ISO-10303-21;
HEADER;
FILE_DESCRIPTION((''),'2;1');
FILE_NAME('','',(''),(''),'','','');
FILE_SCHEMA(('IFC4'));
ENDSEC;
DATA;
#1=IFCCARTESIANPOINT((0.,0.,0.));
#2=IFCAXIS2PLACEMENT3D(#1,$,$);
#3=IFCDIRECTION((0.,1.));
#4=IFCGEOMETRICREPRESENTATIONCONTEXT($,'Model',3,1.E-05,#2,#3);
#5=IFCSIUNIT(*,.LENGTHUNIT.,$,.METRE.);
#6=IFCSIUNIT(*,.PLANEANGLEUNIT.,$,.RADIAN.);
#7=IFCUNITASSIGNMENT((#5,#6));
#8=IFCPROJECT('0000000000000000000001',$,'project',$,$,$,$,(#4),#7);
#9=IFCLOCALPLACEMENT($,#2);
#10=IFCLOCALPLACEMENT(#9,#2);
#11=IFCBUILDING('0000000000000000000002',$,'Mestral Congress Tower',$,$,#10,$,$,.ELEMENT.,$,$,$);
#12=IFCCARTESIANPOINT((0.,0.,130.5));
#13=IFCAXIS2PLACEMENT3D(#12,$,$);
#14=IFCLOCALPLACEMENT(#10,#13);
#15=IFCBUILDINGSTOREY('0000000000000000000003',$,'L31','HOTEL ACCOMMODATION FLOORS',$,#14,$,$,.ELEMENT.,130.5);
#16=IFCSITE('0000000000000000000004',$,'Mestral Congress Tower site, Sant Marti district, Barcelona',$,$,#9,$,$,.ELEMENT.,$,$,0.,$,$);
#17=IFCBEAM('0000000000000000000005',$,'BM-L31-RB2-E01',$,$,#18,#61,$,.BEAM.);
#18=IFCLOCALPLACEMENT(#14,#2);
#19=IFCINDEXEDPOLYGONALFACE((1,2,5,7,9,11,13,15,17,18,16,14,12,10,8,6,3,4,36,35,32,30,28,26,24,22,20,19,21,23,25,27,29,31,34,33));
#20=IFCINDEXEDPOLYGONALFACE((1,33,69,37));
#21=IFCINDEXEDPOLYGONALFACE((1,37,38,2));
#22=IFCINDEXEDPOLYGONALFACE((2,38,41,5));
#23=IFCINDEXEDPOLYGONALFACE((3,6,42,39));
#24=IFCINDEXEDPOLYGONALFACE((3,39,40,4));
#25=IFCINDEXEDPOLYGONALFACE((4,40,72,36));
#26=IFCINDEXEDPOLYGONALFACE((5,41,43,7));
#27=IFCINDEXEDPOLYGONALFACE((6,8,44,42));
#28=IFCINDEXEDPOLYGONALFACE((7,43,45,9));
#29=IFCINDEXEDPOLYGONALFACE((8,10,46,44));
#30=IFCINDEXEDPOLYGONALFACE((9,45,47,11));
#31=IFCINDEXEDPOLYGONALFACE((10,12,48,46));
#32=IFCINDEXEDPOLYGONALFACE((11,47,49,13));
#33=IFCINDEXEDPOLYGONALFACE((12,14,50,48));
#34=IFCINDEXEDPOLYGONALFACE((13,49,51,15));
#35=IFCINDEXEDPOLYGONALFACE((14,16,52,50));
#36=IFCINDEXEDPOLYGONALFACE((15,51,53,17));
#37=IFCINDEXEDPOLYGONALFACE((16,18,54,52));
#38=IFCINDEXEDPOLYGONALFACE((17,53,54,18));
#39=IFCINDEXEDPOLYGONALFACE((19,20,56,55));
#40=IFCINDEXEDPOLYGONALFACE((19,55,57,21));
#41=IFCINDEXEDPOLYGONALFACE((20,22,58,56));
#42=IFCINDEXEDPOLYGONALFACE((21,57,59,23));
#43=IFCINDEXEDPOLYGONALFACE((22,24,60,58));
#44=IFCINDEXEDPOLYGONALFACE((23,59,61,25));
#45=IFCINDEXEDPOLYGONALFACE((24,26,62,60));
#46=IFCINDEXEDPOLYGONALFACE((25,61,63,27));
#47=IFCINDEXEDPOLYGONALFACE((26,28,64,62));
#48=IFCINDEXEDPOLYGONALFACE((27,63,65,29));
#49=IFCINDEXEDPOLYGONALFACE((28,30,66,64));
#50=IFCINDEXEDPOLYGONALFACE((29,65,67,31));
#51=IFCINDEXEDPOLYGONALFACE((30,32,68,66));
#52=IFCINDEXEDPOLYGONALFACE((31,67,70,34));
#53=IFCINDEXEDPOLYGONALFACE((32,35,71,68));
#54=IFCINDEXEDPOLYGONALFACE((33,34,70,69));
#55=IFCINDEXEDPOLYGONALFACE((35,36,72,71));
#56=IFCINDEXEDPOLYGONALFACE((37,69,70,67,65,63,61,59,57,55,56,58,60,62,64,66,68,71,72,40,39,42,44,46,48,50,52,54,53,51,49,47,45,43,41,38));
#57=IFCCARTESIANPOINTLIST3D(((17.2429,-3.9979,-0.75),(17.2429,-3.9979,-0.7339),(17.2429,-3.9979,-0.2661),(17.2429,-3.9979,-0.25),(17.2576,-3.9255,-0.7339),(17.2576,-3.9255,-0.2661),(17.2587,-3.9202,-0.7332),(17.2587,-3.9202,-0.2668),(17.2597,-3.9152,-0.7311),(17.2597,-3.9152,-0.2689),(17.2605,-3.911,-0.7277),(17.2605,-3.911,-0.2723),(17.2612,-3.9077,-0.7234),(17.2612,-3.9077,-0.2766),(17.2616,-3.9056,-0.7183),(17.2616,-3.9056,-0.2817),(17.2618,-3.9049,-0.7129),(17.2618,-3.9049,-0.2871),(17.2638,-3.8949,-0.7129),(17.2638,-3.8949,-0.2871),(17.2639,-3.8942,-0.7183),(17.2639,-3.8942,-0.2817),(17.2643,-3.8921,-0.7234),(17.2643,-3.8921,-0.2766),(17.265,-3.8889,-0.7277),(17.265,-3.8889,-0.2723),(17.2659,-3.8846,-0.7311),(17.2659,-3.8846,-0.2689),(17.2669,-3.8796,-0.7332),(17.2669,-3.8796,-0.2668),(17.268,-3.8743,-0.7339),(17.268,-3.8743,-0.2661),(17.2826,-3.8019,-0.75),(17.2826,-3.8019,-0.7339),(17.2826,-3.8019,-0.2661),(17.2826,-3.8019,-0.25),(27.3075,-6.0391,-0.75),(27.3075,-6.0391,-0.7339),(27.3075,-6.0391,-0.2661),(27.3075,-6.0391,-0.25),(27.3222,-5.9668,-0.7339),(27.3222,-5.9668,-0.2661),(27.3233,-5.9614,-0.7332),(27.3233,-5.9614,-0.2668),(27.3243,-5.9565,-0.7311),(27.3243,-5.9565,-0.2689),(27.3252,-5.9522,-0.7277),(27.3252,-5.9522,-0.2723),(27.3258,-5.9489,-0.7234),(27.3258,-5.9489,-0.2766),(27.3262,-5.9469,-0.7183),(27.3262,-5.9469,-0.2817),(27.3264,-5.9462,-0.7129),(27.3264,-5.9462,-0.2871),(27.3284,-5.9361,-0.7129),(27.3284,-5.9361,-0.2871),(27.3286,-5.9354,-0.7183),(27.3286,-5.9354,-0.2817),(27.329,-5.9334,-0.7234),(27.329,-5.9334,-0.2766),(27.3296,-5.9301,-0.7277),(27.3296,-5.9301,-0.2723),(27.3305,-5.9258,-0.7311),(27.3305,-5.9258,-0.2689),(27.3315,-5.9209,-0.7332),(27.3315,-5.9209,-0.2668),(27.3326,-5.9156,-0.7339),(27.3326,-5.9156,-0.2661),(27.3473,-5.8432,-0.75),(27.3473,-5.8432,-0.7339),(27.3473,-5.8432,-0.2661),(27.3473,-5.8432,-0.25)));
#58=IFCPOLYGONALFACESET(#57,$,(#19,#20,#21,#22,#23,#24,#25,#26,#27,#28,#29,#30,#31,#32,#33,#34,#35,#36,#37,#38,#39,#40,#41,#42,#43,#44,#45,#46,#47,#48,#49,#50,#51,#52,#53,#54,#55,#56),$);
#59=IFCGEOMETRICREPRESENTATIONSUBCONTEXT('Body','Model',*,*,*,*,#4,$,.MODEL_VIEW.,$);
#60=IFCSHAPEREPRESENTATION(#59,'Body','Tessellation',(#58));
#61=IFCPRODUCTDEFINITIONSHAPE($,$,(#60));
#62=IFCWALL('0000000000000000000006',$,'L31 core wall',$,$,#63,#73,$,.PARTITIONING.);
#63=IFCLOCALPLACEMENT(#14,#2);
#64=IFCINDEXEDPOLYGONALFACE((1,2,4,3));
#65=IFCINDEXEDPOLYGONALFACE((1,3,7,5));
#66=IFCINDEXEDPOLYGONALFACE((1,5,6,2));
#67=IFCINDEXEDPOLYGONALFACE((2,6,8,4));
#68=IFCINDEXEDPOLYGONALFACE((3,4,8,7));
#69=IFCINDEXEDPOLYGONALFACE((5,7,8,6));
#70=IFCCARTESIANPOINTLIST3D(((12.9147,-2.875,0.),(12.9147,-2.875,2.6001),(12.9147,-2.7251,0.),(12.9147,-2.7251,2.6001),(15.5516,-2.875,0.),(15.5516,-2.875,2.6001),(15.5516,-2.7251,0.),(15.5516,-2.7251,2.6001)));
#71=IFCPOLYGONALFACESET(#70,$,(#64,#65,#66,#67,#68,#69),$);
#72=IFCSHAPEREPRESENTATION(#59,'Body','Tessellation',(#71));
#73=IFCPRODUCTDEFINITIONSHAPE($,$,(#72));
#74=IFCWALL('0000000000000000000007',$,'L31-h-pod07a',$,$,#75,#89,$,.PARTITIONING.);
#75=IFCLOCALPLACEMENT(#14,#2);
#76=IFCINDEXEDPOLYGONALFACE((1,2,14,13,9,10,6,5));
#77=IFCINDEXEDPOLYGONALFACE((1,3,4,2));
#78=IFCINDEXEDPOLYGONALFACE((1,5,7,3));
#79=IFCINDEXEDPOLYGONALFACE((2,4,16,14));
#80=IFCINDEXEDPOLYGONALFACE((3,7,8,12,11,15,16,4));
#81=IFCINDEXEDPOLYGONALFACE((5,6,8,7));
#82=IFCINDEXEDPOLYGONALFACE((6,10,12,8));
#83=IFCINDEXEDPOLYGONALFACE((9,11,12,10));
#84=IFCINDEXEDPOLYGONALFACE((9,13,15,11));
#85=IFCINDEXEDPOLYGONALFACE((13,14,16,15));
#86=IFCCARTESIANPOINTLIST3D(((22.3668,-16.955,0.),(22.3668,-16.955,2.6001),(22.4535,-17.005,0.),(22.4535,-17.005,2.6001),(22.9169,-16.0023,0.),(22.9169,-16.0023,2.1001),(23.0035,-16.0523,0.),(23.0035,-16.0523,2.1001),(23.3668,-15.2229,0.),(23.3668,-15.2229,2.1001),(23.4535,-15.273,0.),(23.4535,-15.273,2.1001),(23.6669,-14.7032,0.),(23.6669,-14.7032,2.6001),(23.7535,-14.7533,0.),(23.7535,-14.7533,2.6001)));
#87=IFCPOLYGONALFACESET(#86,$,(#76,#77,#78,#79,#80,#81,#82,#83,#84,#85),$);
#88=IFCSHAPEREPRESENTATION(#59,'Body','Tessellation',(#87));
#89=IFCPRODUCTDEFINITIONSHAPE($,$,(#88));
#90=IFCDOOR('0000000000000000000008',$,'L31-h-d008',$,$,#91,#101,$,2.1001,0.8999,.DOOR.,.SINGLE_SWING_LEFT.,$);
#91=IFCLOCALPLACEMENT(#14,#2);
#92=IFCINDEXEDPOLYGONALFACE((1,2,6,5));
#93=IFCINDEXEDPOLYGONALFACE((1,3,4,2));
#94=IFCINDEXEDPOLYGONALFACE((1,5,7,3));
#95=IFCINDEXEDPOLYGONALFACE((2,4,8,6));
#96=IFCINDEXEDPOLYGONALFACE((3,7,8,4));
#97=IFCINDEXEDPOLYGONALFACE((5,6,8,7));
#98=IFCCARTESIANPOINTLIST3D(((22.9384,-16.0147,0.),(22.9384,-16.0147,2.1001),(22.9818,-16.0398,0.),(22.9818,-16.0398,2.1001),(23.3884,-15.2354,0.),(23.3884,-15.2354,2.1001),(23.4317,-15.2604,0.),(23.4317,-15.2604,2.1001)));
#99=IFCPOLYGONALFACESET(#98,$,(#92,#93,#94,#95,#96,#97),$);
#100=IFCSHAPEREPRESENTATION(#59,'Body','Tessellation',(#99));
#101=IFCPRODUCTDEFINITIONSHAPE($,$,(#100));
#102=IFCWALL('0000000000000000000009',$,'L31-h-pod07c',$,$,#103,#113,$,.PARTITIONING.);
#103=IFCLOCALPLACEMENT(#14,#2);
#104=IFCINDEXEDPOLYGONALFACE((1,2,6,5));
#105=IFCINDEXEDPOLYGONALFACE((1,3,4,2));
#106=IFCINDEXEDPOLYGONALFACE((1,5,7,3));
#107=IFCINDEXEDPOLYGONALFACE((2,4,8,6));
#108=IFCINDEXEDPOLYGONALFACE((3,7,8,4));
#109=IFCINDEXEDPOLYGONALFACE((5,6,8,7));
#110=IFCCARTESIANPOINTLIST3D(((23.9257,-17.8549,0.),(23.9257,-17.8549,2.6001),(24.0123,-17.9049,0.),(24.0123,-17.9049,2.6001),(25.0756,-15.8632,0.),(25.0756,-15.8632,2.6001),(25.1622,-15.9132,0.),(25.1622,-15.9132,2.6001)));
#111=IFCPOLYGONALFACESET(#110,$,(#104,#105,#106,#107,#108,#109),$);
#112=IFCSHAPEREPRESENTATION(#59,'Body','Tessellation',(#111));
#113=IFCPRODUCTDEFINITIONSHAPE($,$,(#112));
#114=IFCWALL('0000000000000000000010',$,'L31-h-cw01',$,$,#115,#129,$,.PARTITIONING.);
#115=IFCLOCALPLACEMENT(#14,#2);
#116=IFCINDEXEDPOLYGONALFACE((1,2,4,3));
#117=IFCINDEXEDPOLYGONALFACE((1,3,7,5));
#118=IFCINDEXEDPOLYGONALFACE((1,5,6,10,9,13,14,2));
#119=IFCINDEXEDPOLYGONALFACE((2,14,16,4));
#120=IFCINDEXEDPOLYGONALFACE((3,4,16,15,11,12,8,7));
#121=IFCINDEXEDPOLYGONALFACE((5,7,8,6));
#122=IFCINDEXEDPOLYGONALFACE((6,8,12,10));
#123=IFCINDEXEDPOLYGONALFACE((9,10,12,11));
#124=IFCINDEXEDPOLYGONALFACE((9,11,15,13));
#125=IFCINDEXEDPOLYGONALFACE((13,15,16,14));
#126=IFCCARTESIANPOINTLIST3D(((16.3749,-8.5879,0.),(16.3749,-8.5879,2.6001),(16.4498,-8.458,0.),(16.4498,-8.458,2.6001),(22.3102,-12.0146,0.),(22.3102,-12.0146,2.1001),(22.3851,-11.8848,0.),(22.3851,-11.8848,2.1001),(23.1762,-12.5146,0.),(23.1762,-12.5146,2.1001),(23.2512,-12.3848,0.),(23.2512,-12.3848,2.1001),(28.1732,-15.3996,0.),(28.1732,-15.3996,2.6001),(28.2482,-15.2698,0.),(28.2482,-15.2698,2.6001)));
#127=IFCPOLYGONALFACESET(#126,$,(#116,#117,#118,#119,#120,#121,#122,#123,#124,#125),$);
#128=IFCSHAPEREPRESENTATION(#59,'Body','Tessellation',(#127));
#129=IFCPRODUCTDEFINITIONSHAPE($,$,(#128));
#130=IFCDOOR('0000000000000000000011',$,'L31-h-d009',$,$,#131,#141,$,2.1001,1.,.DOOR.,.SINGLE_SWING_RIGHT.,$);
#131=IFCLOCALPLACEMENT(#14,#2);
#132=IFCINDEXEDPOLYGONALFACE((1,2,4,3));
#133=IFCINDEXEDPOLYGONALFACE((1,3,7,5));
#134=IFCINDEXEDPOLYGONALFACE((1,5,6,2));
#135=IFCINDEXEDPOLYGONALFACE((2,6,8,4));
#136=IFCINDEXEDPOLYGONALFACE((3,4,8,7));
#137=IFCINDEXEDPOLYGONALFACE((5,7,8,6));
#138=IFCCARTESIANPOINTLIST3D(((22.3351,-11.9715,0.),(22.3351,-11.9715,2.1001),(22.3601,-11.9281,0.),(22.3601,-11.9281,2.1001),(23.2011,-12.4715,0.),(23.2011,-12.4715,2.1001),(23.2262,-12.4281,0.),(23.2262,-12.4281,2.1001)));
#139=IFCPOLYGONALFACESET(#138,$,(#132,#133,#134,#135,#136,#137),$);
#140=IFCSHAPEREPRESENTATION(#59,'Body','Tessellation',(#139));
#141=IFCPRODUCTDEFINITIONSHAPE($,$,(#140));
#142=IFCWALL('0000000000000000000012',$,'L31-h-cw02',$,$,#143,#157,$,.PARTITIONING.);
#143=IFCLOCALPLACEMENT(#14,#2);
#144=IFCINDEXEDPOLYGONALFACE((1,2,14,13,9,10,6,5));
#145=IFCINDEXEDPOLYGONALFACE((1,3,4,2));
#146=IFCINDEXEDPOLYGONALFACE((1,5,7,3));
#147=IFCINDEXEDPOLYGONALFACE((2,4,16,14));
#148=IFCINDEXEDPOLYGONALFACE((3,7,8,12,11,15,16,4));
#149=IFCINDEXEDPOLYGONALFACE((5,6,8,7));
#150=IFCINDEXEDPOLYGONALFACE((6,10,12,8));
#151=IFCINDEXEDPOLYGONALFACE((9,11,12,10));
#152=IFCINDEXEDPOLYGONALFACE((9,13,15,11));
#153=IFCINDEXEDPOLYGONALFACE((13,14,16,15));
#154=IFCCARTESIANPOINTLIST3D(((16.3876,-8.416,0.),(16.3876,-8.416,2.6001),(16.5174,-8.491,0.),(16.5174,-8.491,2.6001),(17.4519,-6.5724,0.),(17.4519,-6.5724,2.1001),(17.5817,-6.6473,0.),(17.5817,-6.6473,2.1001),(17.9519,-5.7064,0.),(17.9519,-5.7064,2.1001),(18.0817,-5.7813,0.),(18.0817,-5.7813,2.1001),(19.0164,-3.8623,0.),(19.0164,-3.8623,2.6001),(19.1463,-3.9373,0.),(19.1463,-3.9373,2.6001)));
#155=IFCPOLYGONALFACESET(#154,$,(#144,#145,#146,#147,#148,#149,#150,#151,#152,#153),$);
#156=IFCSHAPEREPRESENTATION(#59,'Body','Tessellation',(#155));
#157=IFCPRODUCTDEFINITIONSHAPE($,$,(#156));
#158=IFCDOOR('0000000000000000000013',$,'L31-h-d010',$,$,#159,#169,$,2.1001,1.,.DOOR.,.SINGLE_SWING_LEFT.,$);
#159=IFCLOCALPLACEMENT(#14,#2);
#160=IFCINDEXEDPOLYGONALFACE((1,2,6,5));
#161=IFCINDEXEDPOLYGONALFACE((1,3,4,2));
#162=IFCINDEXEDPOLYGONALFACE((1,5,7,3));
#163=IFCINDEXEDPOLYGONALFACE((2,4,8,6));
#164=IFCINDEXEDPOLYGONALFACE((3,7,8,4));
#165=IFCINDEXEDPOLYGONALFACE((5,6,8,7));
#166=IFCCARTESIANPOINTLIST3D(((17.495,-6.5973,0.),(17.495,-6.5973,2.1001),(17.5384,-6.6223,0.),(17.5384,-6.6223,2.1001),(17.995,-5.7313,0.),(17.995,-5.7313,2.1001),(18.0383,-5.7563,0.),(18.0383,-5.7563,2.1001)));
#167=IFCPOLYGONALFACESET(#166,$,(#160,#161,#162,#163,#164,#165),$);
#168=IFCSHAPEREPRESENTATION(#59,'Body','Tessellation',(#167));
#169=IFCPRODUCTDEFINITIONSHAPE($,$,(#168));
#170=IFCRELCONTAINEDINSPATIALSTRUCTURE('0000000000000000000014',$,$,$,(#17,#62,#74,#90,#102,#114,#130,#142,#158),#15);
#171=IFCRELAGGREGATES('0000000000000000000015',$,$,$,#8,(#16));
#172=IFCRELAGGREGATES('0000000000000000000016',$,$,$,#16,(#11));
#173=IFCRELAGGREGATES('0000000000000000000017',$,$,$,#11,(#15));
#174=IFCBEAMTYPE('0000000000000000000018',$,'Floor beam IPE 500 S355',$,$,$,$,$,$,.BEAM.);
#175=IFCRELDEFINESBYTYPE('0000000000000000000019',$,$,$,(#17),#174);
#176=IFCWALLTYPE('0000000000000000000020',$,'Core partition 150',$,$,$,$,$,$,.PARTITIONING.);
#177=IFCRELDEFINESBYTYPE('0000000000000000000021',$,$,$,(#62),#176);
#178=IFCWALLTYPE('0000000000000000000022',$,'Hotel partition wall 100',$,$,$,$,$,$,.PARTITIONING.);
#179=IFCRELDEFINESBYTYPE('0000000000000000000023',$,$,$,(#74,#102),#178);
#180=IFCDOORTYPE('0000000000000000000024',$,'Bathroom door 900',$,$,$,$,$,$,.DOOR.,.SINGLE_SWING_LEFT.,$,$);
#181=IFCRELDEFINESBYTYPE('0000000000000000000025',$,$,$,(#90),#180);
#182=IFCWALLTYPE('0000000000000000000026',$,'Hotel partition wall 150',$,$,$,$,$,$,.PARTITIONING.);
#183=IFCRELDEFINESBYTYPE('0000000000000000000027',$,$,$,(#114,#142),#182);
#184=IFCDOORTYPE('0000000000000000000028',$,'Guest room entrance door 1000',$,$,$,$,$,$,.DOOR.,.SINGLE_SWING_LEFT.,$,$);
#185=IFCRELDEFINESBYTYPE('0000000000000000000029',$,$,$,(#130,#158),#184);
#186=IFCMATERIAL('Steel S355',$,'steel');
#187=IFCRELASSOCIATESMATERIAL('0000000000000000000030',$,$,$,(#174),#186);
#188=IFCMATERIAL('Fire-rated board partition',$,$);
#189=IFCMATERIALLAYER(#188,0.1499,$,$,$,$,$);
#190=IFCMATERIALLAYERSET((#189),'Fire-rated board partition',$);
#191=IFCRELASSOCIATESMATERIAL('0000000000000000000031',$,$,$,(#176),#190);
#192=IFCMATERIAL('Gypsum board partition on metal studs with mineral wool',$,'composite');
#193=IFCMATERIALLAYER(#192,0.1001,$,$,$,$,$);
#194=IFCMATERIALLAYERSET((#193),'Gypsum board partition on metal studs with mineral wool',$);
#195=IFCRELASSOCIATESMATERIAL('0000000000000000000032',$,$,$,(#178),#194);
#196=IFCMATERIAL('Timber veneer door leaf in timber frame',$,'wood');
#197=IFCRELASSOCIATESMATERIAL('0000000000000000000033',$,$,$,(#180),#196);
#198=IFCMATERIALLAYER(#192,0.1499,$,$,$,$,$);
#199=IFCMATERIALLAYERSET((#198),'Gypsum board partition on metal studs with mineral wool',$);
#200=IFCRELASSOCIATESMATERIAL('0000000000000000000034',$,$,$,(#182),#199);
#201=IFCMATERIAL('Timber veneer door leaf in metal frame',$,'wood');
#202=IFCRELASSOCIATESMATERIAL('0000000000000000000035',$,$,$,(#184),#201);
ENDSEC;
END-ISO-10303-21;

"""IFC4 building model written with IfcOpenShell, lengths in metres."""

from ifc_helpers import new_model, si_unit, direction, frame, frame_2d, origin, origin_2d, place, context, subcontext, project, spatial, rectangle, i_section, extrude, material, layer, layer_set, material_profile, profile_set, type_object, element, fill, save


model = new_model("IFC4")

# Units and contexts
model_context = context("Model", 3, precision=1e-05, world=origin(), true_north=direction((0.0, 1.0)))
body_context = subcontext(model_context, "Body", "Model", "MODEL_VIEW")
ifc_project = project(units=[si_unit("LENGTHUNIT", "METRE"), si_unit("PLANEANGLEUNIT", "RADIAN")], contexts=[model_context])

# Site, building, storey
site_placement = place(None, origin())
site = spatial("IfcSite", under=ifc_project, at=site_placement, Name="Mestral Congress Tower site, Sant Marti district, Barcelona", CompositionType="ELEMENT", RefElevation=0.0)
building_placement = place(site_placement, origin())
building = spatial("IfcBuilding", under=site, at=building_placement, Name="Mestral Congress Tower", CompositionType="ELEMENT")
storey_placement = place(building_placement, frame((0.0, 0.0, 130.5)))
storey = spatial("IfcBuildingStorey", under=building, at=storey_placement, Name="L31", Description="HOTEL ACCOMMODATION FLOORS", CompositionType="ELEMENT", Elevation=130.5)

# Beam
ifc_material_1 = material(Name="Steel S355", Category="steel")
ifc_material_profile = material_profile(ifc_material_1, i_section(OverallWidth=0.2, OverallDepth=0.5, WebThickness=0.0103, FlangeThickness=0.0161, FilletRadius=0.021, at=origin_2d()), Name="IPE 500")
ifc_profile_set = profile_set([ifc_material_profile], Name="Steel S355")
beam_type = type_object("IfcBeamType", Name="Floor beam IPE 500 S355", PredefinedType="BEAM", material=ifc_profile_set)
beam_placement = place(storey_placement, frame((27.3274, -5.9412, -0.5), z_axis=(-0.980047, 0.198767, 0.0), x_axis=(-0.198767, -0.980047, 0.0)))
element("IfcBeam", 1, at=beam_placement, inside=storey, type_object=beam_type, Name="BM-L31-RB2-E01", PredefinedType="BEAM", context=body_context, shape_type="SweptSolid", body=[
    extrude(i_section(OverallWidth=0.2, OverallDepth=0.5, WebThickness=0.0103, FlangeThickness=0.0161, FilletRadius=0.021, at=origin_2d()), origin(), (0.0, 0.0, 1.0), 10.2695),
])

# Wall
ifc_material_2 = material(Name="Fire-rated board partition")
ifc_layer_1 = layer(ifc_material_2, 0.1499)
ifc_layer_set_1 = layer_set([ifc_layer_1], Name="Fire-rated board partition")
wall_type_1 = type_object("IfcWallType", Name="Core partition 150", PredefinedType="PARTITIONING", material=ifc_layer_set_1)
wall_1_placement = place(storey_placement, frame((12.9148, -2.8, 0.0), z_axis=(0.0, 0.0, 1.0), x_axis=(1.0, 0.0, 0.0)))
element("IfcWall", 2, at=wall_1_placement, inside=storey, type_object=wall_type_1, Name="L31 core wall", PredefinedType="PARTITIONING", context=body_context, shape_type="SweptSolid", body=[
    extrude(rectangle(XDim=2.637, YDim=0.1499, at=frame_2d((1.3184, 0.0))), origin(), (0.0, 0.0, 1.0), 2.6001),
])

# Wall, opening, door
ifc_material_3 = material(Name="Gypsum board partition on metal studs with mineral wool", Category="composite")
ifc_layer_2 = layer(ifc_material_3, 0.1001)
ifc_layer_set_2 = layer_set([ifc_layer_2], Name="Gypsum board partition on metal studs with mineral wool")
wall_type_2 = type_object("IfcWallType", Name="Hotel partition wall 100", PredefinedType="PARTITIONING", material=ifc_layer_set_2)
wall_2_placement = place(storey_placement, frame((23.7102, -14.7283, 0.0), z_axis=(0.0, 0.0, 1.0), x_axis=(-0.500007, -0.866021, 0.0)))
wall_2 = element("IfcWall", 3, at=wall_2_placement, inside=storey, type_object=wall_type_2, Name="L31-h-pod07a", PredefinedType="PARTITIONING", context=body_context, shape_type="SweptSolid", body=[
    extrude(rectangle(XDim=2.6001, YDim=0.1001, at=frame_2d((1.3, 0.0))), origin(), (0.0, 0.0, 1.0), 2.6001),
])
opening_1_placement = place(wall_2_placement, frame((0.6001, 0.0, 0.0)))
opening_1 = element("IfcOpeningElement", 4, at=opening_1_placement, cuts=wall_2, PredefinedType="OPENING", context=body_context, shape_type="SweptSolid", body=[
    extrude(rectangle(XDim=0.8999, YDim=2.1001, at=frame_2d((0.45, 1.05))), frame((0.0, 0.0601, 0.0), z_axis=(0.0, -1.0, 0.0), x_axis=(1.0, 0.0, 0.0)), (0.0, 0.0, 1.0), 0.1201),
])
ifc_material_4 = material(Name="Timber veneer door leaf in timber frame", Category="wood")
door_type_1 = type_object("IfcDoorType", Name="Bathroom door 900", OperationType="SINGLE_SWING_LEFT", PredefinedType="DOOR", material=ifc_material_4)
door_1_placement = place(opening_1_placement, origin())
door_1 = element("IfcDoor", 5, at=door_1_placement, inside=storey, type_object=door_type_1, Name="L31-h-d008", OperationType="SINGLE_SWING_LEFT", OverallHeight=2.1001, OverallWidth=0.8999, PredefinedType="DOOR", context=body_context, shape_type="SweptSolid", body=[
    extrude(rectangle(XDim=0.8999, YDim=2.1001, at=frame_2d((0.45, 1.05))), frame((0.0, 0.0249, 0.0), z_axis=(0.0, -1.0, 0.0), x_axis=(1.0, 0.0, 0.0)), (0.0, 0.0, 1.0), 0.05),
])
fill(opening_1, door_1)

# Wall
wall_3_placement = place(storey_placement, frame((25.1189, -15.8882, 0.0), z_axis=(0.0, 0.0, 1.0), x_axis=(-0.499998, -0.866026, 0.0)))
element("IfcWall", 6, at=wall_3_placement, inside=storey, type_object=wall_type_2, Name="L31-h-pod07c", PredefinedType="PARTITIONING", context=body_context, shape_type="SweptSolid", body=[
    extrude(rectangle(XDim=2.2998, YDim=0.1001, at=frame_2d((1.1499, 0.0))), origin(), (0.0, 0.0, 1.0), 2.6001),
])

# Walls, openings, doors
ifc_layer_3 = layer(ifc_material_3, 0.1499)
ifc_layer_set_3 = layer_set([ifc_layer_3], Name="Gypsum board partition on metal studs with mineral wool")
wall_type_3 = type_object("IfcWallType", Name="Hotel partition wall 150", PredefinedType="PARTITIONING", material=ifc_layer_set_3)
wall_4_placement = place(storey_placement, frame((16.4124, -8.5229, 0.0), z_axis=(0.0, 0.0, 1.0), x_axis=(0.866026, -0.5, 0.0)))
wall_4 = element("IfcWall", 7, at=wall_4_placement, inside=storey, type_object=wall_type_3, Name="L31-h-cw01", PredefinedType="PARTITIONING", context=body_context, shape_type="SweptSolid", body=[
    extrude(rectangle(XDim=13.6235, YDim=0.1499, at=frame_2d((6.8118, 0.0))), origin(), (0.0, 0.0, 1.0), 2.6001),
])
opening_2_placement = place(wall_4_placement, frame((6.8535, 0.0, 0.0)))
opening_2 = element("IfcOpeningElement", 8, at=opening_2_placement, cuts=wall_4, PredefinedType="OPENING", context=body_context, shape_type="SweptSolid", body=[
    extrude(rectangle(XDim=1.0, YDim=2.1001, at=frame_2d((0.5, 1.05))), frame((0.0, 0.085, 0.0), z_axis=(0.0, -1.0, 0.0), x_axis=(1.0, 0.0, 0.0)), (0.0, 0.0, 1.0), 0.1699),
])
ifc_material_5 = material(Name="Timber veneer door leaf in metal frame", Category="wood")
door_type_2 = type_object("IfcDoorType", Name="Guest room entrance door 1000", OperationType="SINGLE_SWING_LEFT", PredefinedType="DOOR", material=ifc_material_5)
door_2_placement = place(opening_2_placement, origin())
door_2 = element("IfcDoor", 9, at=door_2_placement, inside=storey, type_object=door_type_2, Name="L31-h-d009", OperationType="SINGLE_SWING_RIGHT", OverallHeight=2.1001, OverallWidth=1.0, PredefinedType="DOOR", context=body_context, shape_type="SweptSolid", body=[
    extrude(rectangle(XDim=1.0, YDim=2.1001, at=frame_2d((0.5, 1.05))), frame((0.0, 0.0249, 0.0), z_axis=(0.0, -1.0, 0.0), x_axis=(1.0, 0.0, 0.0)), (0.0, 0.0, 1.0), 0.05),
])
fill(opening_2, door_2)
wall_5_placement = place(storey_placement, frame((19.0813, -3.8999, 0.0), z_axis=(0.0, 0.0, 1.0), x_axis=(-0.499974, -0.86604, 0.0)))
wall_5 = element("IfcWall", 10, at=wall_5_placement, inside=storey, type_object=wall_type_3, Name="L31-h-cw02", PredefinedType="PARTITIONING", context=body_context, shape_type="SweptSolid", body=[
    extrude(rectangle(XDim=5.2581, YDim=0.1499, at=frame_2d((2.6289, 0.0))), origin(), (0.0, 0.0, 1.0), 2.6001),
])
opening_3_placement = place(wall_5_placement, frame((2.1292, 0.0, 0.0)))
opening_3 = element("IfcOpeningElement", 11, at=opening_3_placement, cuts=wall_5, PredefinedType="OPENING", context=body_context, shape_type="SweptSolid", body=[
    extrude(rectangle(XDim=1.0, YDim=2.1001, at=frame_2d((0.5, 1.05))), frame((0.0, 0.085, 0.0), z_axis=(0.0, -1.0, 0.0), x_axis=(1.0, 0.0, 0.0)), (0.0, 0.0, 1.0), 0.1699),
])
door_3_placement = place(opening_3_placement, origin())
door_3 = element("IfcDoor", 12, at=door_3_placement, inside=storey, type_object=door_type_2, Name="L31-h-d010", OperationType="SINGLE_SWING_LEFT", OverallHeight=2.1001, OverallWidth=1.0, PredefinedType="DOOR", context=body_context, shape_type="SweptSolid", body=[
    extrude(rectangle(XDim=1.0, YDim=2.1001, at=frame_2d((0.5, 1.05))), frame((0.0, 0.0249, 0.0), z_axis=(0.0, -1.0, 0.0), x_axis=(1.0, 0.0, 0.0)), (0.0, 0.0, 1.0), 0.05),
])
fill(opening_3, door_3)

save(model, "model.ifc")
